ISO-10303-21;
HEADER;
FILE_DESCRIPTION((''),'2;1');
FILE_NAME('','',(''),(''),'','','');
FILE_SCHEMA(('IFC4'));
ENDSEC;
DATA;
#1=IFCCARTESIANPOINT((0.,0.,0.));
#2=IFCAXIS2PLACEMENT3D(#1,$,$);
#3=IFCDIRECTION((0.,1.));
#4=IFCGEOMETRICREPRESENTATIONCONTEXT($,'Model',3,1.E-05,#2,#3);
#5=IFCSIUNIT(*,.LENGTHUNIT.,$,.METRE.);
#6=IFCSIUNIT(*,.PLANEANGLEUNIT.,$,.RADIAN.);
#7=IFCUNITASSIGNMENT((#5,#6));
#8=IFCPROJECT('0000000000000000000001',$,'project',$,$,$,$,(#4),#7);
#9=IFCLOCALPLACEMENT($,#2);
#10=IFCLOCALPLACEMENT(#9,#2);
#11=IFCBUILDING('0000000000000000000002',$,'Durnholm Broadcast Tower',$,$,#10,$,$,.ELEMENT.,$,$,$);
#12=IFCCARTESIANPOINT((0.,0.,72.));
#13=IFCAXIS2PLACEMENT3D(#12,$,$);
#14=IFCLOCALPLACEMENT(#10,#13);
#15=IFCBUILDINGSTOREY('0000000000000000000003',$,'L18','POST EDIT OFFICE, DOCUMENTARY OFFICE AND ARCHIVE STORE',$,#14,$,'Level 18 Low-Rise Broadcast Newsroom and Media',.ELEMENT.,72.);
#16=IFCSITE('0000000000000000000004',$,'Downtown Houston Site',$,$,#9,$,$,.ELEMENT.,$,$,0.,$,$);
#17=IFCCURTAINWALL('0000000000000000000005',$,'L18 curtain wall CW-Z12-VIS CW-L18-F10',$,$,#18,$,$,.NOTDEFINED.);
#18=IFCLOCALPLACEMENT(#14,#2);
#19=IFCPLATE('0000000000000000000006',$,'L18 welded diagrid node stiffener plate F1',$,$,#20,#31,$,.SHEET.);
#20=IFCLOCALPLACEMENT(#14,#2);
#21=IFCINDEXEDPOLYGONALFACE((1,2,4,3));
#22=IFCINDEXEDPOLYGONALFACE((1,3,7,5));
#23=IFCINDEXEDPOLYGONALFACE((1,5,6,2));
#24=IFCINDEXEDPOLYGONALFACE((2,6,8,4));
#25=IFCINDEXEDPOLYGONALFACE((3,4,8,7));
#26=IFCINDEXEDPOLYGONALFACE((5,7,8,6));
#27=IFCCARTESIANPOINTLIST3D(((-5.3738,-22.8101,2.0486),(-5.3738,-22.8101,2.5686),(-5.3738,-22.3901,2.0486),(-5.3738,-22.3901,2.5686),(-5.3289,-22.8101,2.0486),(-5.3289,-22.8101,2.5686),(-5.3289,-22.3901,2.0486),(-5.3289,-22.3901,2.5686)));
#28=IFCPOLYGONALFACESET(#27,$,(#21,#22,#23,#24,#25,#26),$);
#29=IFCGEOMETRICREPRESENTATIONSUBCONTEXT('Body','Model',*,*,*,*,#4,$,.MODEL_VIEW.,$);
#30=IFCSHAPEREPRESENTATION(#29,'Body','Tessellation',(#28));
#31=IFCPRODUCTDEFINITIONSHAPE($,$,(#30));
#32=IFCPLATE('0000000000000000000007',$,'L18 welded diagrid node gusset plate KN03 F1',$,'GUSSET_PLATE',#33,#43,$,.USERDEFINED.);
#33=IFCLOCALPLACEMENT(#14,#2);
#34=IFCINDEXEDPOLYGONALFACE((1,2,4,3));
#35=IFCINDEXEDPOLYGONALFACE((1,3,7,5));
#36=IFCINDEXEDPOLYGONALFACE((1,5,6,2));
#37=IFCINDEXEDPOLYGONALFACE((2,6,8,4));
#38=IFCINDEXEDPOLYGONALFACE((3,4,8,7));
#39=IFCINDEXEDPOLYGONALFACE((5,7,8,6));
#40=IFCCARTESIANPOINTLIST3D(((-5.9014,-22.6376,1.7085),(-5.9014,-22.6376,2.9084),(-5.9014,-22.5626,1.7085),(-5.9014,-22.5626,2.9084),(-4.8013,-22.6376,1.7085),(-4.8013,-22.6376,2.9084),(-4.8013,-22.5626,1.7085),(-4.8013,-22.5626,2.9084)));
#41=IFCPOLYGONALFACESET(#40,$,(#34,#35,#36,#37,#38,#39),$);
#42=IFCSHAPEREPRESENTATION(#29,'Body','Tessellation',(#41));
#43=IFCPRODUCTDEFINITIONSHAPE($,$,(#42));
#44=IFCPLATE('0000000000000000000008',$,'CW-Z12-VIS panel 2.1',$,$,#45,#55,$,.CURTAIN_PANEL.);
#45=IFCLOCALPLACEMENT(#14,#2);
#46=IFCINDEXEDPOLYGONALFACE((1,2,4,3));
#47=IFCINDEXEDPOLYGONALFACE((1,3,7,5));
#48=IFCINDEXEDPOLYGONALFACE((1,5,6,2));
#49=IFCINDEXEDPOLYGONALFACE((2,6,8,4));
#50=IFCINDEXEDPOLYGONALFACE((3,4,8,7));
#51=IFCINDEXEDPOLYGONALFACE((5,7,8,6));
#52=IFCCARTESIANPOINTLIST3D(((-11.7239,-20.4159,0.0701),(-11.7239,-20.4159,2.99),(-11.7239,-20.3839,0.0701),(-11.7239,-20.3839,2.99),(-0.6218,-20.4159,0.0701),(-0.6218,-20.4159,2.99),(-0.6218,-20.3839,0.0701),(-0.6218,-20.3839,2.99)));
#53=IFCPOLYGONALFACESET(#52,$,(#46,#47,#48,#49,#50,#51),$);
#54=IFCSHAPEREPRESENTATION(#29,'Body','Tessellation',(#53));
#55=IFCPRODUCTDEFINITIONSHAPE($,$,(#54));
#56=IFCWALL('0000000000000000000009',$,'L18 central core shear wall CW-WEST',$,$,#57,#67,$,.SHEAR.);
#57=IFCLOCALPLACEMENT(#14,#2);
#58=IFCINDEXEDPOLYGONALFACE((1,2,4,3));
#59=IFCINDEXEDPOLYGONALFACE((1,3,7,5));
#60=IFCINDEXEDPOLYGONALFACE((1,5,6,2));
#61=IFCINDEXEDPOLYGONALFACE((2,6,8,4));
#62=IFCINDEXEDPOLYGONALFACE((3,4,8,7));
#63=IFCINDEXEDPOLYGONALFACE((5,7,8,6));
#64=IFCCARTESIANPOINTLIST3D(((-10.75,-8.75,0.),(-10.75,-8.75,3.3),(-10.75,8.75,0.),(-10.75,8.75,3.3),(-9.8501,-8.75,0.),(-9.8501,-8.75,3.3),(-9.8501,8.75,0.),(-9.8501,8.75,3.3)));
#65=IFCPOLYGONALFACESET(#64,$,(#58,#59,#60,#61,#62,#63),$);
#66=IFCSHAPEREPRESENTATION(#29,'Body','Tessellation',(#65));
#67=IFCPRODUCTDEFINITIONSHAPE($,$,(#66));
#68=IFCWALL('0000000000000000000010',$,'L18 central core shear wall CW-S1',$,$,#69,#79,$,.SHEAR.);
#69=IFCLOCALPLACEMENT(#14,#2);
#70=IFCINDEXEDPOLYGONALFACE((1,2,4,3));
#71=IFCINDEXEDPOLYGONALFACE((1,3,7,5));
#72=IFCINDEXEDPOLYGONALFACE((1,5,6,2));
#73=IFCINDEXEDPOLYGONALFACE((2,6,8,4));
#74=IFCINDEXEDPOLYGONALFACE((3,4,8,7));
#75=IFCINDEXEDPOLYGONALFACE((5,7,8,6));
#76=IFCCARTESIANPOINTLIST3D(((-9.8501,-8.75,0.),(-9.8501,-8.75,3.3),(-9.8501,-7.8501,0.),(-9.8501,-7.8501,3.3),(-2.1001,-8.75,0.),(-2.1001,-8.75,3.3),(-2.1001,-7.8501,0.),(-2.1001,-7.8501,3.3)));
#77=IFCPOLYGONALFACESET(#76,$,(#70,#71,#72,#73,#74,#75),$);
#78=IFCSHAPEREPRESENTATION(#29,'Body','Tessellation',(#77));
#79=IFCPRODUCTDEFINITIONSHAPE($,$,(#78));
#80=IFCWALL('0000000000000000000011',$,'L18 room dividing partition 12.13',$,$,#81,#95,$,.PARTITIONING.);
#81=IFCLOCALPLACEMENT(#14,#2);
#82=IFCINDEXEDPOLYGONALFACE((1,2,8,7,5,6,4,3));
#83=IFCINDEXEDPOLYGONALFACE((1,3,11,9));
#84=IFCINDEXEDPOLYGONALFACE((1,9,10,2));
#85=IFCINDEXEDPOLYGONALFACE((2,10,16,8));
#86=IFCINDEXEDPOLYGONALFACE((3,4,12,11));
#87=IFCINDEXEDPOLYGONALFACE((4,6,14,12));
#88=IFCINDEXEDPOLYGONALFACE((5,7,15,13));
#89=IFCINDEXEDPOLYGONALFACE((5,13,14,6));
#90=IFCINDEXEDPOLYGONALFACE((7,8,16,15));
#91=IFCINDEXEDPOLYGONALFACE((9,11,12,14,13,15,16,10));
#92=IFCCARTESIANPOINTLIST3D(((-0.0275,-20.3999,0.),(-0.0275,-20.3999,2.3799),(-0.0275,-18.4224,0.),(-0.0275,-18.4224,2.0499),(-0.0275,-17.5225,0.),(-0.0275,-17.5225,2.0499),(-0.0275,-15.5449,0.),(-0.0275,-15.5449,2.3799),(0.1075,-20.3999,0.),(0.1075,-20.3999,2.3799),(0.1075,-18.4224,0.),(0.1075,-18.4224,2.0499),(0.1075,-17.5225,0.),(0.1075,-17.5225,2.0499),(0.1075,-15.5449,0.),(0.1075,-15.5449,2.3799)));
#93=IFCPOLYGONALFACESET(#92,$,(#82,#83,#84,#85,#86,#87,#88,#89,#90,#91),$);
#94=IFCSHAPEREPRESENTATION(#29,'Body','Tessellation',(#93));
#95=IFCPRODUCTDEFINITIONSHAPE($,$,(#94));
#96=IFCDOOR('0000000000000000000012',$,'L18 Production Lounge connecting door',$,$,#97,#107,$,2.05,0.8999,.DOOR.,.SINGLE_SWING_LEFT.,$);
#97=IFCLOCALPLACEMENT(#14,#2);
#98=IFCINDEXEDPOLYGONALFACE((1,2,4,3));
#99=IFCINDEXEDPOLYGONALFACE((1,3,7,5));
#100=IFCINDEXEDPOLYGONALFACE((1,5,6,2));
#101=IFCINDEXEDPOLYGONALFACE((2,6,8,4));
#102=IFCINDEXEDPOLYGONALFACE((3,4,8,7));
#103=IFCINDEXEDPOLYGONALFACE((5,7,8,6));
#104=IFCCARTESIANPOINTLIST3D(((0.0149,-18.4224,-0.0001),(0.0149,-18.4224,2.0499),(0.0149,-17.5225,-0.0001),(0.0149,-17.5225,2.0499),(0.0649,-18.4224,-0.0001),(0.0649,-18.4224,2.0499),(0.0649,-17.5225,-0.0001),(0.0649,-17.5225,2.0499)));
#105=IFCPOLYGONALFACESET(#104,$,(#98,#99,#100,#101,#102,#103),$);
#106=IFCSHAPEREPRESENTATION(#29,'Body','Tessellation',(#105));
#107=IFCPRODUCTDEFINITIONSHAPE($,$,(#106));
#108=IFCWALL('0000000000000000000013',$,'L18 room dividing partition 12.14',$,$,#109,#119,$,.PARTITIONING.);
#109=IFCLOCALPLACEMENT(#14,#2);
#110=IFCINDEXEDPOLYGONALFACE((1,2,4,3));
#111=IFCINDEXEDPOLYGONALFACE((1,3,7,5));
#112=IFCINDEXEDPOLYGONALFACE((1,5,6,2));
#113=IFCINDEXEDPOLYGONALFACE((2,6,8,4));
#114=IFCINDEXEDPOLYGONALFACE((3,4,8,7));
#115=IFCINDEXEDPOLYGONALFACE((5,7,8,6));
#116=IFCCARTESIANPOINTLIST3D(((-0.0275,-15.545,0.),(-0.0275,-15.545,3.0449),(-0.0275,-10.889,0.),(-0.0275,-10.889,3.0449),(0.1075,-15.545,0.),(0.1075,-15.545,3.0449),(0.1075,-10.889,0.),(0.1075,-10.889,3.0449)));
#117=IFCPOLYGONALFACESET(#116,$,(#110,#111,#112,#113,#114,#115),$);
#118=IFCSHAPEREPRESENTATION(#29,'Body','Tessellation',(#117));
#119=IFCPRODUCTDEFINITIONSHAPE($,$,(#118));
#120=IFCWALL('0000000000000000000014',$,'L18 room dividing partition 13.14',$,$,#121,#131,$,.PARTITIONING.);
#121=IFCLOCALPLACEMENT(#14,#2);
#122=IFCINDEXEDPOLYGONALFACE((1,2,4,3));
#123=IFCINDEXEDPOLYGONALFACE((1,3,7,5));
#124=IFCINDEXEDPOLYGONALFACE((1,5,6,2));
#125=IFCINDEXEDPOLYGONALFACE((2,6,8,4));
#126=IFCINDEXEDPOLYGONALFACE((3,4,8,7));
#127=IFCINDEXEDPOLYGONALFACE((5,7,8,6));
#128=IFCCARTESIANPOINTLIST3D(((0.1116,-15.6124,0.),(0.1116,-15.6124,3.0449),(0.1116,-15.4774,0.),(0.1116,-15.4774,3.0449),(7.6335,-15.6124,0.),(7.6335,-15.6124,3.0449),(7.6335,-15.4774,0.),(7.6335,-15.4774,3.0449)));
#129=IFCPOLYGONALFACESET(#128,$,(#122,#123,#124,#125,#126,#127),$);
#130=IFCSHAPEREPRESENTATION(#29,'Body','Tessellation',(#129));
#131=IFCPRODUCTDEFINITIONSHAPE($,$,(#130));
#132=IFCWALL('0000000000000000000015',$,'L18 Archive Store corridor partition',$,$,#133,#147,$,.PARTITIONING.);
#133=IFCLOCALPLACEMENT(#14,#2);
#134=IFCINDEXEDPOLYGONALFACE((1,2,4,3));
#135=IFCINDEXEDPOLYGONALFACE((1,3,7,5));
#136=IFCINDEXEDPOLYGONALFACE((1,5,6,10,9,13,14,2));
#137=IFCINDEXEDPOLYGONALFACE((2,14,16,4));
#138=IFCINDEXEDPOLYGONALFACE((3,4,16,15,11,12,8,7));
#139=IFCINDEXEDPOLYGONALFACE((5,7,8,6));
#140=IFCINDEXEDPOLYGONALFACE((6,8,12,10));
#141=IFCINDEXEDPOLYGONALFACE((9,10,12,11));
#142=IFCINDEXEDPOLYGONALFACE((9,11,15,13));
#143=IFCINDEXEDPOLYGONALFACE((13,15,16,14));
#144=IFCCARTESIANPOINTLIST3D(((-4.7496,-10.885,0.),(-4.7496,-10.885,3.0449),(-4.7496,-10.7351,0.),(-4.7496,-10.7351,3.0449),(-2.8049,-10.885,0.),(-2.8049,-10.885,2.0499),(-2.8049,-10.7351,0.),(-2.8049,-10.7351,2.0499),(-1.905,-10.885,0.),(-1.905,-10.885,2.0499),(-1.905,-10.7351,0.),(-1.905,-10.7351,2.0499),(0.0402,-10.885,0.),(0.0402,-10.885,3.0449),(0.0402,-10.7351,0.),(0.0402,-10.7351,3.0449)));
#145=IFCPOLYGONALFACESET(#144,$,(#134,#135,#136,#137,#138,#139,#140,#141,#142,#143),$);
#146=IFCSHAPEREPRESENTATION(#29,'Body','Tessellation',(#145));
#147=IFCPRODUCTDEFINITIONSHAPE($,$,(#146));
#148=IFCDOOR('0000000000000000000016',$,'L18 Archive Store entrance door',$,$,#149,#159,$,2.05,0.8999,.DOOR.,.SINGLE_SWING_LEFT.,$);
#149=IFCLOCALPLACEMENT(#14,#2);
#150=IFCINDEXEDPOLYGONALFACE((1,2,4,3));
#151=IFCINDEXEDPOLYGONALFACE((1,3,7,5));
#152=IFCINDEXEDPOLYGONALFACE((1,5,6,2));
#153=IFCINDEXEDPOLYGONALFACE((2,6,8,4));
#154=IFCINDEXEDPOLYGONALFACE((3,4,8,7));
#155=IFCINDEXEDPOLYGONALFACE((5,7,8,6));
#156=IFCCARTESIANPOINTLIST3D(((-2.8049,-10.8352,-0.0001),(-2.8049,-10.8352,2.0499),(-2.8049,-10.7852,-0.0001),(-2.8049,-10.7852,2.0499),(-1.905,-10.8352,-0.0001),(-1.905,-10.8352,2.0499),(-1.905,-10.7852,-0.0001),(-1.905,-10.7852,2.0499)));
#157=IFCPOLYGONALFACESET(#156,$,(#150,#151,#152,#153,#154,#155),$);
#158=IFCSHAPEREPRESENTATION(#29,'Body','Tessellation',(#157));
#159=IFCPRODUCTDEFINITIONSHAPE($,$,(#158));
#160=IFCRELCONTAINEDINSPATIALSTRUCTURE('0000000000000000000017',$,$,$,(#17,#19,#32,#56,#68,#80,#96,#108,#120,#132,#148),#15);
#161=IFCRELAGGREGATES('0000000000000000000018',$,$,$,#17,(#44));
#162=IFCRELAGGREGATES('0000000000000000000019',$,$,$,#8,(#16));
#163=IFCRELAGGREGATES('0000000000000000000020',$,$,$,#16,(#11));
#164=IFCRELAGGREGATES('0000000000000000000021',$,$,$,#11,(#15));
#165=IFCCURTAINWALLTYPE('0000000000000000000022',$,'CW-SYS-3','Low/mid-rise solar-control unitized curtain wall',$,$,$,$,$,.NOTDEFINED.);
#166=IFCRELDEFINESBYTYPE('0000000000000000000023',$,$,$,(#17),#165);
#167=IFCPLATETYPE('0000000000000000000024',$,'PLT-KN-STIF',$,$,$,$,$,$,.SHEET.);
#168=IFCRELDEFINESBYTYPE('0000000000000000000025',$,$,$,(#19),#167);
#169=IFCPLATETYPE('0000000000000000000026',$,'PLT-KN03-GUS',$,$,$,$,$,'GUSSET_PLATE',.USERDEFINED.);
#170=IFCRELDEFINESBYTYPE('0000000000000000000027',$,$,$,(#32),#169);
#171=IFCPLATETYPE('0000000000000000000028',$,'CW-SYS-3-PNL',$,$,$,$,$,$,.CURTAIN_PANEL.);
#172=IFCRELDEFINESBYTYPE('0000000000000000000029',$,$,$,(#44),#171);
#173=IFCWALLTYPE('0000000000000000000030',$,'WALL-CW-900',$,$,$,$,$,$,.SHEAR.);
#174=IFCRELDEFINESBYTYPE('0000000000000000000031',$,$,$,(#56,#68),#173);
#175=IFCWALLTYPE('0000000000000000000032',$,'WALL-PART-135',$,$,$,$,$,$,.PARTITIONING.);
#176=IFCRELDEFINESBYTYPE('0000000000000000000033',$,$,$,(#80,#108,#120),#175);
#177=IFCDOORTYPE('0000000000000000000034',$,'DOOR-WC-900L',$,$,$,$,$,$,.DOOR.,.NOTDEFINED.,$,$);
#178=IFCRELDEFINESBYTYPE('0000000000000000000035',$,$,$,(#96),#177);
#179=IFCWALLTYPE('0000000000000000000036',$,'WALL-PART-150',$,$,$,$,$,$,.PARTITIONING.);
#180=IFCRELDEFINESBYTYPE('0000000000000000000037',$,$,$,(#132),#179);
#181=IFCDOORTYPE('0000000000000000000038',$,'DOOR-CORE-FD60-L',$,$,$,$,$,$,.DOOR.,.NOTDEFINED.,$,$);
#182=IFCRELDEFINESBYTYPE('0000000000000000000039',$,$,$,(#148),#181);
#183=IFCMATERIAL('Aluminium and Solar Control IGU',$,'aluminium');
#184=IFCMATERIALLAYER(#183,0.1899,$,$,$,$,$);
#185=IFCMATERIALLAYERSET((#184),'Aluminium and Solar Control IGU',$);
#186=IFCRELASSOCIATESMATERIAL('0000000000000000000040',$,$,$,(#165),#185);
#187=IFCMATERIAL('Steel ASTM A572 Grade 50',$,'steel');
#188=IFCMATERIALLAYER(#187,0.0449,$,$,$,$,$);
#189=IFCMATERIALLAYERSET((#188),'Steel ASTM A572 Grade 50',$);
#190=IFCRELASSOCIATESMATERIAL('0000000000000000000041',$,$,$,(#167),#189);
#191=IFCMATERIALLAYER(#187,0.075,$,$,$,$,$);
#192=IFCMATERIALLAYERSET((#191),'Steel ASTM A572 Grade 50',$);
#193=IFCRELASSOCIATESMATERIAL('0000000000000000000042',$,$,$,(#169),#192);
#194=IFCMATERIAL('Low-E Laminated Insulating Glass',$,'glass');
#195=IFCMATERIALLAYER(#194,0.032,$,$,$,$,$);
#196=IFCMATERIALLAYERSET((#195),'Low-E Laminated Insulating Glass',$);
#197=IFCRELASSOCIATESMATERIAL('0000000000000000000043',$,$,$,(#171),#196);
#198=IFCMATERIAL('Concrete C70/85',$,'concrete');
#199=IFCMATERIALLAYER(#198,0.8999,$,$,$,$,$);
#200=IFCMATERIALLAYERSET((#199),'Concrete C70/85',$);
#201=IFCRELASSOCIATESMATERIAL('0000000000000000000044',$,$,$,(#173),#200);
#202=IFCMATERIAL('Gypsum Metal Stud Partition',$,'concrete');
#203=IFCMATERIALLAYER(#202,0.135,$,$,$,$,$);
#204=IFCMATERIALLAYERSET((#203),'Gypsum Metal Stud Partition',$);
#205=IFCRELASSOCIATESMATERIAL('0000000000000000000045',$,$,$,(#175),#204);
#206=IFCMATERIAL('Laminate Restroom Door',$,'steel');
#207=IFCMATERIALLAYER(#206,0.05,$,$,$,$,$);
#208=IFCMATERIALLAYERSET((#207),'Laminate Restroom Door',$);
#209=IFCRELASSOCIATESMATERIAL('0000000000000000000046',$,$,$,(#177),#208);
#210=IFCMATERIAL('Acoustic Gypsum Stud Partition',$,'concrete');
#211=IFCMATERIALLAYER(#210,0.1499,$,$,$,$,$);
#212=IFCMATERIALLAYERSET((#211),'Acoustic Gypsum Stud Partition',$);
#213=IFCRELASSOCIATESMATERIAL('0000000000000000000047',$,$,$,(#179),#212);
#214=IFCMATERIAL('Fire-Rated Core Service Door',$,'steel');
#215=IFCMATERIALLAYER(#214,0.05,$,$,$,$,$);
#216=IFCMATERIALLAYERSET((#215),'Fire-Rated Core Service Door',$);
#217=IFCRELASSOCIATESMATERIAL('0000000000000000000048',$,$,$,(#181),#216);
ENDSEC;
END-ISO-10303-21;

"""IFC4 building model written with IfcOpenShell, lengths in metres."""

from ifc_helpers import new_model, si_unit, direction, frame, frame_2d, origin, origin_2d, place, context, subcontext, project, spatial, rectangle, extrude, source, transform, mapped, material, layer, layer_set, type_object, type_shapes, element, fill, aggregate, save


model = new_model("IFC4")

# Units and contexts
model_context = context("Model", 3, precision=1e-05, world=origin(), true_north=direction((0.0, 1.0)))
body_context = subcontext(model_context, "Body", "Model", "MODEL_VIEW")
ifc_project = project(units=[si_unit("LENGTHUNIT", "METRE"), si_unit("PLANEANGLEUNIT", "RADIAN")], contexts=[model_context])

# Site, building, storey
site_placement = place(None, origin())
site = spatial("IfcSite", under=ifc_project, at=site_placement, Name="Downtown Houston Site", CompositionType="ELEMENT", RefElevation=0.0)
building_placement = place(site_placement, origin())
building = spatial("IfcBuilding", under=site, at=building_placement, Name="Durnholm Broadcast Tower", CompositionType="ELEMENT")
storey_placement = place(building_placement, frame((0.0, 0.0, 72.0)))
storey = spatial("IfcBuildingStorey", under=building, at=storey_placement, Name="L18", Description="POST EDIT OFFICE, DOCUMENTARY OFFICE AND ARCHIVE STORE", LongName="Level 18 Low-Rise Broadcast Newsroom and Media", CompositionType="ELEMENT", Elevation=72.0)

# Shared definitions
ifc_material_1 = material(Name="Concrete C70/85", Category="concrete")

# Curtain wall
ifc_material_2 = material(Name="Aluminium and Solar Control IGU", Category="aluminium")
ifc_layer_1 = layer(ifc_material_2, 0.1899)
ifc_layer_set_1 = layer_set([ifc_layer_1], Name="Aluminium and Solar Control IGU")
curtain_wall_type = type_object("IfcCurtainWallType", Name="CW-SYS-3", Description="Low/mid-rise solar-control unitized curtain wall", PredefinedType="NOTDEFINED", material=ifc_layer_set_1)
curtain_wall_placement = place(storey_placement, origin())
curtain_wall = element("IfcCurtainWall", 1, at=curtain_wall_placement, inside=storey, type_object=curtain_wall_type, Name="L18 curtain wall CW-Z12-VIS CW-L18-F10", PredefinedType="NOTDEFINED")

# Plates
ifc_material_3 = material(Name="Steel ASTM A572 Grade 50", Category="steel")
ifc_layer_2 = layer(ifc_material_3, 0.0449)
ifc_layer_set_2 = layer_set([ifc_layer_2], Name="Steel ASTM A572 Grade 50")
plate_type_1 = type_object("IfcPlateType", Name="PLT-KN-STIF", PredefinedType="SHEET", material=ifc_layer_set_2)
shared_shape_1 = source(origin(), body_context, "Body", "SweptSolid", [
    extrude(rectangle(XDim=0.0449, YDim=0.4199, at=origin_2d()), origin(), (0.0, 0.0, 1.0), 0.52),
])
type_shapes(plate_type_1, [shared_shape_1])
plate_1_placement = place(storey_placement, frame((-5.3513, -22.6001, 2.0486), z_axis=(0.0, 0.0, 1.0), x_axis=(1.0, 0.0, 0.0)))
element("IfcPlate", 2, at=plate_1_placement, inside=storey, type_object=plate_type_1, Name="L18 welded diagrid node stiffener plate F1", PredefinedType="SHEET", context=body_context, shape_type="MappedRepresentation", body=[
    mapped(shared_shape_1, transform((0.0, 0.0, 0.0), x_axis=(1.0, 0.0, 0.0), y_axis=(0.0, 1.0, 0.0), z_axis=(0.0, 0.0, 1.0), scale=1.0)),
])
ifc_layer_3 = layer(ifc_material_3, 0.075)
ifc_layer_set_3 = layer_set([ifc_layer_3], Name="Steel ASTM A572 Grade 50")
plate_type_2 = type_object("IfcPlateType", Name="PLT-KN03-GUS", ElementType="GUSSET_PLATE", PredefinedType="USERDEFINED", material=ifc_layer_set_3)
shared_shape_2 = source(origin(), body_context, "Body", "SweptSolid", [
    extrude(rectangle(XDim=1.1001, YDim=0.075, at=origin_2d()), origin(), (0.0, 0.0, 1.0), 1.2),
])
type_shapes(plate_type_2, [shared_shape_2])
plate_2_placement = place(storey_placement, frame((-5.3513, -22.6001, 1.7085), z_axis=(0.0, 0.0, 1.0), x_axis=(1.0, 0.0, 0.0)))
element("IfcPlate", 3, at=plate_2_placement, inside=storey, type_object=plate_type_2, Name="L18 welded diagrid node gusset plate KN03 F1", ObjectType="GUSSET_PLATE", PredefinedType="USERDEFINED", context=body_context, shape_type="MappedRepresentation", body=[
    mapped(shared_shape_2, transform((0.0, 0.0, 0.0), x_axis=(1.0, 0.0, 0.0), y_axis=(0.0, 1.0, 0.0), z_axis=(0.0, 0.0, 1.0), scale=1.0)),
])

# Plate
ifc_material_4 = material(Name="Low-E Laminated Insulating Glass", Category="glass")
ifc_layer_4 = layer(ifc_material_4, 0.032)
ifc_layer_set_4 = layer_set([ifc_layer_4], Name="Low-E Laminated Insulating Glass")
plate_type_3 = type_object("IfcPlateType", Name="CW-SYS-3-PNL", PredefinedType="CURTAIN_PANEL", material=ifc_layer_set_4)
shared_shape_3 = source(origin(), body_context, "Body", "SweptSolid", [
    extrude(rectangle(XDim=11.1021, YDim=0.032, at=origin_2d()), origin(), (0.0, 0.0, 1.0), 2.9199),
])
type_shapes(plate_type_3, [shared_shape_3])
plate_3_placement = place(storey_placement, frame((-6.1729, -20.3999, 0.0701), z_axis=(0.0, 0.0, 1.0), x_axis=(-1.0, 0.0, 0.0)))
plate_3 = element("IfcPlate", 4, at=plate_3_placement, type_object=plate_type_3, Name="CW-Z12-VIS panel 2.1", PredefinedType="CURTAIN_PANEL", context=body_context, shape_type="MappedRepresentation", body=[
    mapped(shared_shape_3, transform((0.0, 0.0, 0.0), x_axis=(1.0, 0.0, 0.0), y_axis=(0.0, 1.0, 0.0), z_axis=(0.0, 0.0, 1.0), scale=1.0)),
])
aggregate(curtain_wall, [plate_3])

# Walls
ifc_layer_5 = layer(ifc_material_1, 0.8999)
ifc_layer_set_5 = layer_set([ifc_layer_5], Name="Concrete C70/85")
wall_type_1 = type_object("IfcWallType", Name="WALL-CW-900", PredefinedType="SHEAR", material=ifc_layer_set_5)
wall_1_placement = place(storey_placement, frame((-10.3, -8.75, 0.0), z_axis=(0.0, 0.0, 1.0), x_axis=(0.0, 1.0, 0.0)))
element("IfcWall", 5, at=wall_1_placement, inside=storey, type_object=wall_type_1, Name="L18 central core shear wall CW-WEST", PredefinedType="SHEAR", context=body_context, shape_type="SweptSolid", body=[
    extrude(rectangle(XDim=17.5, YDim=0.8999, at=frame_2d((8.75, 0.0))), origin(), (0.0, 0.0, 1.0), 3.3),
])
wall_2_placement = place(storey_placement, frame((-9.8501, -8.3, 0.0), z_axis=(0.0, 0.0, 1.0), x_axis=(1.0, 0.0, 0.0)))
element("IfcWall", 6, at=wall_2_placement, inside=storey, type_object=wall_type_1, Name="L18 central core shear wall CW-S1", PredefinedType="SHEAR", context=body_context, shape_type="SweptSolid", body=[
    extrude(rectangle(XDim=7.75, YDim=0.8999, at=frame_2d((3.875, 0.0))), origin(), (0.0, 0.0, 1.0), 3.3),
])

# Wall, opening, door
ifc_material_5 = material(Name="Gypsum Metal Stud Partition", Category="concrete")
ifc_layer_6 = layer(ifc_material_5, 0.135)
ifc_layer_set_6 = layer_set([ifc_layer_6], Name="Gypsum Metal Stud Partition")
wall_type_2 = type_object("IfcWallType", Name="WALL-PART-135", PredefinedType="PARTITIONING", material=ifc_layer_set_6)
wall_3_placement = place(storey_placement, frame((0.04, -15.5449, 0.0), z_axis=(0.0, 0.0, 1.0), x_axis=(0.0, -1.0, 0.0)))
wall_3 = element("IfcWall", 7, at=wall_3_placement, inside=storey, type_object=wall_type_2, Name="L18 room dividing partition 12.13", PredefinedType="PARTITIONING", context=body_context, shape_type="SweptSolid", body=[
    extrude(rectangle(XDim=4.855, YDim=0.135, at=frame_2d((2.4275, 0.0))), origin(), (0.0, 0.0, 1.0), 2.3799),
])
opening_1_placement = place(wall_3_placement, frame((1.9775, 0.0, 0.0)))
opening_1 = element("IfcOpeningElement", 8, at=opening_1_placement, cuts=wall_3, PredefinedType="OPENING", context=body_context, shape_type="SweptSolid", body=[
    extrude(rectangle(XDim=0.8999, YDim=2.05, at=frame_2d((0.45, 1.0249))), frame((0.0, 0.0776, 0.0), z_axis=(0.0, -1.0, 0.0), x_axis=(1.0, 0.0, 0.0)), (0.0, 0.0, 1.0), 0.155),
])
ifc_material_6 = material(Name="Laminate Restroom Door", Category="steel")
ifc_layer_7 = layer(ifc_material_6, 0.05)
ifc_layer_set_7 = layer_set([ifc_layer_7], Name="Laminate Restroom Door")
door_type_1 = type_object("IfcDoorType", Name="DOOR-WC-900L", OperationType="NOTDEFINED", PredefinedType="DOOR", material=ifc_layer_set_7)
shared_shape_4 = source(origin(), body_context, "Body", "SweptSolid", [
    extrude(rectangle(XDim=0.8999, YDim=2.05, at=frame_2d((0.45, 1.0249))), frame((0.0, 0.0249, 0.0), z_axis=(0.0, -1.0, 0.0), x_axis=(1.0, 0.0, 0.0)), (0.0, 0.0, 1.0), 0.05),
])
type_shapes(door_type_1, [shared_shape_4])
door_1_placement = place(opening_1_placement, origin())
door_1 = element("IfcDoor", 9, at=door_1_placement, inside=storey, type_object=door_type_1, Name="L18 Production Lounge connecting door", OperationType="SINGLE_SWING_LEFT", OverallHeight=2.05, OverallWidth=0.8999, PredefinedType="DOOR", context=body_context, shape_type="MappedRepresentation", body=[
    mapped(shared_shape_4, transform((0.0, 0.0, 0.0), x_axis=(1.0, 0.0, 0.0), y_axis=(0.0, 1.0, 0.0), z_axis=(0.0, 0.0, 1.0), scale=1.0)),
])
fill(opening_1, door_1)

# Walls
wall_4_placement = place(storey_placement, frame((0.04, -10.8889, 0.0), z_axis=(0.0, 0.0, 1.0), x_axis=(0.0, -1.0, 0.0)))
element("IfcWall", 10, at=wall_4_placement, inside=storey, type_object=wall_type_2, Name="L18 room dividing partition 12.14", PredefinedType="PARTITIONING", context=body_context, shape_type="SweptSolid", body=[
    extrude(rectangle(XDim=4.656, YDim=0.135, at=frame_2d((2.3281, 0.0))), origin(), (0.0, 0.0, 1.0), 3.0449),
])
wall_5_placement = place(storey_placement, frame((0.1116, -15.5449, 0.0), z_axis=(0.0, 0.0, 1.0), x_axis=(1.0, 0.0, 0.0)))
element("IfcWall", 11, at=wall_5_placement, inside=storey, type_object=wall_type_2, Name="L18 room dividing partition 13.14", PredefinedType="PARTITIONING", context=body_context, shape_type="SweptSolid", body=[
    extrude(rectangle(XDim=7.522, YDim=0.135, at=frame_2d((3.761, 0.0))), origin(), (0.0, 0.0, 1.0), 3.0449),
])

# Wall, opening, door
ifc_material_7 = material(Name="Acoustic Gypsum Stud Partition", Category="concrete")
ifc_layer_8 = layer(ifc_material_7, 0.1499)
ifc_layer_set_8 = layer_set([ifc_layer_8], Name="Acoustic Gypsum Stud Partition")
wall_type_3 = type_object("IfcWallType", Name="WALL-PART-150", PredefinedType="PARTITIONING", material=ifc_layer_set_8)
wall_6_placement = place(storey_placement, frame((-4.7498, -10.8101, 0.0), z_axis=(0.0, 0.0, 1.0), x_axis=(1.0, 0.0, 0.0)))
wall_6 = element("IfcWall", 12, at=wall_6_placement, inside=storey, type_object=wall_type_3, Name="L18 Archive Store corridor partition", PredefinedType="PARTITIONING", context=body_context, shape_type="SweptSolid", body=[
    extrude(rectangle(XDim=4.7898, YDim=0.1499, at=frame_2d((2.395, 0.0))), origin(), (0.0, 0.0, 1.0), 3.0449),
])
opening_2_placement = place(wall_6_placement, frame((1.9448, 0.0, 0.0)))
opening_2 = element("IfcOpeningElement", 13, at=opening_2_placement, cuts=wall_6, PredefinedType="OPENING", context=body_context, shape_type="SweptSolid", body=[
    extrude(rectangle(XDim=0.8999, YDim=2.05, at=frame_2d((0.45, 1.0249))), frame((0.0, 0.085, 0.0), z_axis=(0.0, -1.0, 0.0), x_axis=(1.0, 0.0, 0.0)), (0.0, 0.0, 1.0), 0.1699),
])
ifc_material_8 = material(Name="Fire-Rated Core Service Door", Category="steel")
ifc_layer_9 = layer(ifc_material_8, 0.05)
ifc_layer_set_9 = layer_set([ifc_layer_9], Name="Fire-Rated Core Service Door")
door_type_2 = type_object("IfcDoorType", Name="DOOR-CORE-FD60-L", OperationType="NOTDEFINED", PredefinedType="DOOR", material=ifc_layer_set_9)
shared_shape_5 = source(origin(), body_context, "Body", "SweptSolid", [
    extrude(rectangle(XDim=0.8999, YDim=2.05, at=frame_2d((0.45, 1.0249))), frame((0.0, 0.0249, 0.0), z_axis=(0.0, -1.0, 0.0), x_axis=(1.0, 0.0, 0.0)), (0.0, 0.0, 1.0), 0.05),
])
type_shapes(door_type_2, [shared_shape_5])
door_2_placement = place(opening_2_placement, origin())
door_2 = element("IfcDoor", 14, at=door_2_placement, inside=storey, type_object=door_type_2, Name="L18 Archive Store entrance door", OperationType="SINGLE_SWING_LEFT", OverallHeight=2.05, OverallWidth=0.8999, PredefinedType="DOOR", context=body_context, shape_type="MappedRepresentation", body=[
    mapped(shared_shape_5, transform((0.0, 0.0, 0.0), x_axis=(1.0, 0.0, 0.0), y_axis=(0.0, 1.0, 0.0), z_axis=(0.0, 0.0, 1.0), scale=1.0)),
])
fill(opening_2, door_2)

save(model, "model.ifc")
